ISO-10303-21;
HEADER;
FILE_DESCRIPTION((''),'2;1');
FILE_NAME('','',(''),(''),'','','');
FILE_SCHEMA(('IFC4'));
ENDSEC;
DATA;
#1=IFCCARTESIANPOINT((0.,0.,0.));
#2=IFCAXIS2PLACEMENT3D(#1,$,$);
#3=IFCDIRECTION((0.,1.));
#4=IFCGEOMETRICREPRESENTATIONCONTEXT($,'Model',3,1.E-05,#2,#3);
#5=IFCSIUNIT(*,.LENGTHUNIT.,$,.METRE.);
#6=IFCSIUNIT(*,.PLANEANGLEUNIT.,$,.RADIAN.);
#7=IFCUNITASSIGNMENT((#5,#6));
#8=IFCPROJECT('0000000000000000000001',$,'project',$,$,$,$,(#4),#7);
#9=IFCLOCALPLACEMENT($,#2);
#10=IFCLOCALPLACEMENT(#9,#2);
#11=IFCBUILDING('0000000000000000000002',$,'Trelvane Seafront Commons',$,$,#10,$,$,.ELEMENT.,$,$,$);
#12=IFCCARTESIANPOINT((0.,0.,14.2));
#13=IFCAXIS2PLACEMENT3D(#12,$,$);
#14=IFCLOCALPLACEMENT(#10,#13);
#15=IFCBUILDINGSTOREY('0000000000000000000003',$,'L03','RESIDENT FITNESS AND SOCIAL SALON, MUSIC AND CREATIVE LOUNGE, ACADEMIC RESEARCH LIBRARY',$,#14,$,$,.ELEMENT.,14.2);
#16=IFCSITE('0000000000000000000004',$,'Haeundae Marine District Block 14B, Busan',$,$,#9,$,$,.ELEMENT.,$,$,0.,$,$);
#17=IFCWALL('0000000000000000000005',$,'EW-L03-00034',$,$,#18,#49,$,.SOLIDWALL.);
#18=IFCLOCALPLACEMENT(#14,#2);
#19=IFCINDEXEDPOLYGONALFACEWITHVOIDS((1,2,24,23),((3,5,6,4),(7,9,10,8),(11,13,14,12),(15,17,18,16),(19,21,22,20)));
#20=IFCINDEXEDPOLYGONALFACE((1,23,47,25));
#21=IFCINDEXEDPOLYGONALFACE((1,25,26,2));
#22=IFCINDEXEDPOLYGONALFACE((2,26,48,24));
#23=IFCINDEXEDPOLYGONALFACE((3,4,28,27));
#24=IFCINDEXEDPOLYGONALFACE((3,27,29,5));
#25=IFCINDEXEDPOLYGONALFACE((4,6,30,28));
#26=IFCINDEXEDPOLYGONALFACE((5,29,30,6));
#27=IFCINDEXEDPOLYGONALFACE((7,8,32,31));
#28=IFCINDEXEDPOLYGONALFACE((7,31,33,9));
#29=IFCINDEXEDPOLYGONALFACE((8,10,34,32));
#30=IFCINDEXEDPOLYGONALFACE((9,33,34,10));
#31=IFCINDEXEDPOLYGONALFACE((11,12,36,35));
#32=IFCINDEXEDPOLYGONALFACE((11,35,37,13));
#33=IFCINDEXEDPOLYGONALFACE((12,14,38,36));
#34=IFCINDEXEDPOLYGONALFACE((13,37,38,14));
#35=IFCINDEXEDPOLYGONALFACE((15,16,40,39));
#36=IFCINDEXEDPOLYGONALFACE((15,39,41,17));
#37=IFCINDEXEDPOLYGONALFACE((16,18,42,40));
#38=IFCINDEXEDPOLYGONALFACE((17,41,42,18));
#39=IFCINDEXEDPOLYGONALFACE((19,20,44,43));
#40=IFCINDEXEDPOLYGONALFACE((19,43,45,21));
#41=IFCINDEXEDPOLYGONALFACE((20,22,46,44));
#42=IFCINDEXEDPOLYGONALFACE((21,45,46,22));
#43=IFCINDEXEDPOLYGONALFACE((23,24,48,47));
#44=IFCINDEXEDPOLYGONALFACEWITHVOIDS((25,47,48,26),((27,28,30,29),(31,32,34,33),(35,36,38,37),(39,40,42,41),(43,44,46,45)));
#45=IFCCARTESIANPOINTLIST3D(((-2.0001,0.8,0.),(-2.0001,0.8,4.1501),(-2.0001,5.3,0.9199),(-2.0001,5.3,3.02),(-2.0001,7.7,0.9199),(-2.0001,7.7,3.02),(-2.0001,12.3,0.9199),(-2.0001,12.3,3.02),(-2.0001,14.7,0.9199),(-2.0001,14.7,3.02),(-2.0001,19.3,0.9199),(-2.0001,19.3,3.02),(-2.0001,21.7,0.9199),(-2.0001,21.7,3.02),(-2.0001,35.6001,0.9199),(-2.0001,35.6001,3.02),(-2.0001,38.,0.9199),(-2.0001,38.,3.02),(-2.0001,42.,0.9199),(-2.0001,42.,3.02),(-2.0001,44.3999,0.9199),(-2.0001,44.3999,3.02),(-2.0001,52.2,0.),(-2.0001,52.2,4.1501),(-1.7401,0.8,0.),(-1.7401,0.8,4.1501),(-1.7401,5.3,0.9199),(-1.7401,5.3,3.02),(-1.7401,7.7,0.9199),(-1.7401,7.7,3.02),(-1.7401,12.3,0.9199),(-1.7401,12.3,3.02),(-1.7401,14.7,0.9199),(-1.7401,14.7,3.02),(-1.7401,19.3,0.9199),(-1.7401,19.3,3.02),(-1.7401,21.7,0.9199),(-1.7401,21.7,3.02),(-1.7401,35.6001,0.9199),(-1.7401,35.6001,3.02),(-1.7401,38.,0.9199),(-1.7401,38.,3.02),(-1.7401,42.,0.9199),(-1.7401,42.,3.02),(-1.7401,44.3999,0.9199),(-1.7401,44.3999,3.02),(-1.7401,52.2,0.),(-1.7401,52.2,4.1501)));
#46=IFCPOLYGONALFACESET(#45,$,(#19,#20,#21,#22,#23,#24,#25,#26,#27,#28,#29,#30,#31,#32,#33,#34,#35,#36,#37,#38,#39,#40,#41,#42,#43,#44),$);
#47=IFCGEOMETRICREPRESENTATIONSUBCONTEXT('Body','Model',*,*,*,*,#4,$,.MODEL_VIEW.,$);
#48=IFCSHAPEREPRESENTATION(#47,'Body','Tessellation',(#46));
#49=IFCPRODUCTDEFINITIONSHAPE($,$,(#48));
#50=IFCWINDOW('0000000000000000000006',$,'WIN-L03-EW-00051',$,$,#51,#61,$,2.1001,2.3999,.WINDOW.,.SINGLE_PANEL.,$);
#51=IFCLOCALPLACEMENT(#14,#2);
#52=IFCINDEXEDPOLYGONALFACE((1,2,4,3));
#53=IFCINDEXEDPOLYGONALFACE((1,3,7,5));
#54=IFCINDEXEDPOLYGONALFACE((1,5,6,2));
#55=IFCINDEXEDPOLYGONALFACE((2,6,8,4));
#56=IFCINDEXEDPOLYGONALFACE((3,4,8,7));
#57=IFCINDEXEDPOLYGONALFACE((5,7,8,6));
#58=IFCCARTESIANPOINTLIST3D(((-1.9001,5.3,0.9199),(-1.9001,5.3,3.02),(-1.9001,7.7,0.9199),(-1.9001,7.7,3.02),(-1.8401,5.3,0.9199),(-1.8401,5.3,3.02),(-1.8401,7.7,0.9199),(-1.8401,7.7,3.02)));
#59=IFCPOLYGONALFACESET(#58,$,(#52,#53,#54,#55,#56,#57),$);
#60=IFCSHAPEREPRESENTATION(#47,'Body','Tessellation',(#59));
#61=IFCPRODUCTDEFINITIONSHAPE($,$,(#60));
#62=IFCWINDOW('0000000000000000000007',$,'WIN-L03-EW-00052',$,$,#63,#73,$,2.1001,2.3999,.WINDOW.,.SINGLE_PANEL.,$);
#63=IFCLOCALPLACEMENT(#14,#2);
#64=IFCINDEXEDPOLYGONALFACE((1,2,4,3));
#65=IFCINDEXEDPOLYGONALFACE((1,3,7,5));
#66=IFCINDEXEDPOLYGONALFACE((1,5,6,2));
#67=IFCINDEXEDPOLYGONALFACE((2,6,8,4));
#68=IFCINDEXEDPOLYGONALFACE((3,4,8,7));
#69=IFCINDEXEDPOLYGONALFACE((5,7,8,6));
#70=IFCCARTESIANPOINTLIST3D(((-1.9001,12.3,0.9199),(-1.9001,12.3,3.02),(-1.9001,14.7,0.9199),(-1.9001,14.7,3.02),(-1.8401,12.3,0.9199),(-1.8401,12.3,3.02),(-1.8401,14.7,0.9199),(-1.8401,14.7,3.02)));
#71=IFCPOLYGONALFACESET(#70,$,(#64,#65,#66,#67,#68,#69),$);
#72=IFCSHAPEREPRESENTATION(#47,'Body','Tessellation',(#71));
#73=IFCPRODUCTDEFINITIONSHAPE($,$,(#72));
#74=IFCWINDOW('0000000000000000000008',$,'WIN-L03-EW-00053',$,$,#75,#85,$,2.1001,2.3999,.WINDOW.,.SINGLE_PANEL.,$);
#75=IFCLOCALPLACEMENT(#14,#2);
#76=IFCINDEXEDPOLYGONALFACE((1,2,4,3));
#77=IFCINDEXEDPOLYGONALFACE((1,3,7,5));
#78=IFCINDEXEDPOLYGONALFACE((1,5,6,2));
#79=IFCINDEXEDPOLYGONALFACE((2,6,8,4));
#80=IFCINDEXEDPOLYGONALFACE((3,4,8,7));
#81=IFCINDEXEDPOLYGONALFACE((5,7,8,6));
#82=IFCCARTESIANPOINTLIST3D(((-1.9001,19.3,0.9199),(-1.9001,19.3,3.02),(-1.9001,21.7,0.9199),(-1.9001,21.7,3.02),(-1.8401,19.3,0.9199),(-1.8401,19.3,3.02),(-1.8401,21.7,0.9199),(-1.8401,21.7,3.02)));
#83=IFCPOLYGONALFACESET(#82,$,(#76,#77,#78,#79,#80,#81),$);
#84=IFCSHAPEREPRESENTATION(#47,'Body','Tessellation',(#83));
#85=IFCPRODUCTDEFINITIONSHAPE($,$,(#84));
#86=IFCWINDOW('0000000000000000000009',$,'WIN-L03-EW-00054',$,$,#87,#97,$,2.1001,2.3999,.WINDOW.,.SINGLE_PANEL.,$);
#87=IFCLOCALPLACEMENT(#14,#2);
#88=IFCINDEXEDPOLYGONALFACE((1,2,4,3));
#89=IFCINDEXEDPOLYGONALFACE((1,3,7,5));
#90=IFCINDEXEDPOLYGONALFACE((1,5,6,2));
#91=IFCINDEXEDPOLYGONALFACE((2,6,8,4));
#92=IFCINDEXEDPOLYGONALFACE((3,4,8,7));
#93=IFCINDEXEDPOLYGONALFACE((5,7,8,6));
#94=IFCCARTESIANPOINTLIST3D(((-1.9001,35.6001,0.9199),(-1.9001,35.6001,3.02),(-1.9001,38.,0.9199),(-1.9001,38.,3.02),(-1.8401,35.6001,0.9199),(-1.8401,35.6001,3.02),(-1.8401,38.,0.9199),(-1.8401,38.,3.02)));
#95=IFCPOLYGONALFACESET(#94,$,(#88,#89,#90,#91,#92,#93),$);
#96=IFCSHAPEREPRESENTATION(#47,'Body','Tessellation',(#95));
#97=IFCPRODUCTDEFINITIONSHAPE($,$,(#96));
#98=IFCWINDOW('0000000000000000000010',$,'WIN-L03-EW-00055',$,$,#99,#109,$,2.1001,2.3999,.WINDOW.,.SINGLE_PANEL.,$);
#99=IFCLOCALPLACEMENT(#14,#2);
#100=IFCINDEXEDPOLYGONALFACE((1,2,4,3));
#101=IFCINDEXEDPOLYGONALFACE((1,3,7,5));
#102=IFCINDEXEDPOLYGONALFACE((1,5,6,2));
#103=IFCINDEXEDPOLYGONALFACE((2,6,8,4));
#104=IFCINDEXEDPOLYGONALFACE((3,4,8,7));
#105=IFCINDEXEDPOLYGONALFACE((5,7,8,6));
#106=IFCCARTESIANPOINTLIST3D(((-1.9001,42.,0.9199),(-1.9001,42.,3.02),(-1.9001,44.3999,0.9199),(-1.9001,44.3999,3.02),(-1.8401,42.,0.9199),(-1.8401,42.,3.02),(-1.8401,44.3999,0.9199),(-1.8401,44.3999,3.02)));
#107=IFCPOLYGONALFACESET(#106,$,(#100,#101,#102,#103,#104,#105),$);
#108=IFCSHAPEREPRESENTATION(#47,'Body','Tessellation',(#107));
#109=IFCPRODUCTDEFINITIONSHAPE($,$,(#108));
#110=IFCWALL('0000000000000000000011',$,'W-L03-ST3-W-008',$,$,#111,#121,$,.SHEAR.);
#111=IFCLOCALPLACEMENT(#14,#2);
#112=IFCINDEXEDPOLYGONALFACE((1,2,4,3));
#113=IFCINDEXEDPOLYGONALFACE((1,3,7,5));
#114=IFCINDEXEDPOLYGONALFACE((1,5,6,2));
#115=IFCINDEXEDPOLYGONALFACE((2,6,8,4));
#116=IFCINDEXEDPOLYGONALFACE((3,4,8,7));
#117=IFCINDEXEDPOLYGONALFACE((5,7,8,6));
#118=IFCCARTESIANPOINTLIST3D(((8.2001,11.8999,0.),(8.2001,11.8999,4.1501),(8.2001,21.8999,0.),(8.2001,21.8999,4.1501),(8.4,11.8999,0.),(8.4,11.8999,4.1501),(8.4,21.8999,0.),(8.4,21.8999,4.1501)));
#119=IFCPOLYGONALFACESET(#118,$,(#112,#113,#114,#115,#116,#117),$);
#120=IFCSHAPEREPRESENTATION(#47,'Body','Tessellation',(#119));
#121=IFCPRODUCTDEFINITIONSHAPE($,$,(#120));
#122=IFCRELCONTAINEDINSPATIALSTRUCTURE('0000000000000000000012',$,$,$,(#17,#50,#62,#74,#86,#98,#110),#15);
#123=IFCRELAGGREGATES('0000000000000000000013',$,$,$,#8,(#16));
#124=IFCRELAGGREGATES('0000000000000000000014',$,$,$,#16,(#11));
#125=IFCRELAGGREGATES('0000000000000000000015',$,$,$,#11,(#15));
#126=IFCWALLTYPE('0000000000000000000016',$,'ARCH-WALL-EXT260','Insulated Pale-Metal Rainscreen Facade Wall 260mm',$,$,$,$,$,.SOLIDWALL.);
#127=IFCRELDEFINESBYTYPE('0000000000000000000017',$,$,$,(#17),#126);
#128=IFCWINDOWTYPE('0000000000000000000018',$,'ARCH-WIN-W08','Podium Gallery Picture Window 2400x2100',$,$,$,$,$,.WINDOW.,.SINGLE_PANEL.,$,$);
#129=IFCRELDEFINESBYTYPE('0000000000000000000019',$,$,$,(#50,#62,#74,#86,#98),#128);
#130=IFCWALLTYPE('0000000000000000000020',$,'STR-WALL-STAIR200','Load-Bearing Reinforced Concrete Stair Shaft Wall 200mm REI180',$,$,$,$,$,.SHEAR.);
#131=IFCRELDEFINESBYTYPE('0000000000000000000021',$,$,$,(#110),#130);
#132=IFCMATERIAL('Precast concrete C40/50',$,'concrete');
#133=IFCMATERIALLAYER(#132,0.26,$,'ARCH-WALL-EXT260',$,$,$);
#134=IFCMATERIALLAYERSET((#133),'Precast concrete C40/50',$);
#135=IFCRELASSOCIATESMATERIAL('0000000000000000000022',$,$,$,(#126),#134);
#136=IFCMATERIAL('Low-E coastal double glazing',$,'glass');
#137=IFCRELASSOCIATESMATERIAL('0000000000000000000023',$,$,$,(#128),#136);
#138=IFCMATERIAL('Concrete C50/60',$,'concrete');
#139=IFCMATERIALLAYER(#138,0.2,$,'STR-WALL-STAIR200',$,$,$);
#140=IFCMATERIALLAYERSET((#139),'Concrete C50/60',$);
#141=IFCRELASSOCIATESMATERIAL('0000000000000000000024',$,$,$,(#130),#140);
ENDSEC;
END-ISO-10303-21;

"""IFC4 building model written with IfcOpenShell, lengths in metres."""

from ifc_helpers import new_model, si_unit, direction, frame, frame_2d, origin, place, context, subcontext, project, spatial, rectangle, extrude, source, transform, mapped, material, layer, layer_set, type_object, element, fill, save


model = new_model("IFC4")

# Units and contexts
model_context = context("Model", 3, precision=1e-05, world=origin(), true_north=direction((0.0, 1.0)))
body_context = subcontext(model_context, "Body", "Model", "MODEL_VIEW")
ifc_project = project(units=[si_unit("LENGTHUNIT", "METRE"), si_unit("PLANEANGLEUNIT", "RADIAN")], contexts=[model_context])

# Site, building, storey
site_placement = place(None, origin())
site = spatial("IfcSite", under=ifc_project, at=site_placement, Name="Haeundae Marine District Block 14B, Busan", CompositionType="ELEMENT", RefElevation=0.0)
building_placement = place(site_placement, origin())
building = spatial("IfcBuilding", under=site, at=building_placement, Name="Trelvane Seafront Commons", CompositionType="ELEMENT")
storey_placement = place(building_placement, frame((0.0, 0.0, 14.2)))
storey = spatial("IfcBuildingStorey", under=building, at=storey_placement, Name="L03", Description="RESIDENT FITNESS AND SOCIAL SALON, MUSIC AND CREATIVE LOUNGE, ACADEMIC RESEARCH LIBRARY", CompositionType="ELEMENT", Elevation=14.2)

# Shared definitions
ifc_material_1 = material(Name="Concrete C50/60", Category="concrete")

# Wall, openings, windows
ifc_material_2 = material(Name="Precast concrete C40/50", Category="concrete")
ifc_layer_1 = layer(ifc_material_2, 0.26, Name="ARCH-WALL-EXT260")
ifc_layer_set_1 = layer_set([ifc_layer_1], Name="Precast concrete C40/50")
wall_type_1 = type_object("IfcWallType", Name="ARCH-WALL-EXT260", Description="Insulated Pale-Metal Rainscreen Facade Wall 260mm", PredefinedType="SOLIDWALL", material=ifc_layer_set_1)
wall_1_placement = place(storey_placement, frame((-1.8701, 0.8, 0.0), z_axis=(0.0, 0.0, 1.0), x_axis=(0.0, 1.0, 0.0)))
wall_1 = element("IfcWall", 1, at=wall_1_placement, inside=storey, type_object=wall_type_1, Name="EW-L03-00034", PredefinedType="SOLIDWALL", context=body_context, shape_type="SweptSolid", body=[
    extrude(rectangle(XDim=51.3999, YDim=0.26, at=frame_2d((25.7, 0.0))), origin(), (0.0, 0.0, 1.0), 4.1501),
])
opening_1_placement = place(wall_1_placement, frame((4.5, 0.0, 0.9199)))
opening_1 = element("IfcOpeningElement", 2, at=opening_1_placement, cuts=wall_1, PredefinedType="OPENING", context=body_context, shape_type="SweptSolid", body=[
    extrude(rectangle(XDim=2.3999, YDim=2.1001, at=frame_2d((1.2, 1.05))), frame((0.0, 0.1399, 0.0), z_axis=(0.0, -1.0, 0.0), x_axis=(1.0, 0.0, 0.0)), (0.0, 0.0, 1.0), 0.28),
])
opening_2_placement = place(wall_1_placement, frame((11.5, 0.0, 0.9199)))
opening_2 = element("IfcOpeningElement", 3, at=opening_2_placement, cuts=wall_1, PredefinedType="OPENING", context=body_context, shape_type="SweptSolid", body=[
    extrude(rectangle(XDim=2.3999, YDim=2.1001, at=frame_2d((1.2, 1.05))), frame((0.0, 0.1399, 0.0), z_axis=(0.0, -1.0, 0.0), x_axis=(1.0, 0.0, 0.0)), (0.0, 0.0, 1.0), 0.28),
])
opening_3_placement = place(wall_1_placement, frame((18.5, 0.0, 0.9199)))
opening_3 = element("IfcOpeningElement", 4, at=opening_3_placement, cuts=wall_1, PredefinedType="OPENING", context=body_context, shape_type="SweptSolid", body=[
    extrude(rectangle(XDim=2.3999, YDim=2.1001, at=frame_2d((1.2, 1.05))), frame((0.0, 0.1399, 0.0), z_axis=(0.0, -1.0, 0.0), x_axis=(1.0, 0.0, 0.0)), (0.0, 0.0, 1.0), 0.28),
])
opening_4_placement = place(wall_1_placement, frame((34.8, 0.0, 0.9199)))
opening_4 = element("IfcOpeningElement", 5, at=opening_4_placement, cuts=wall_1, PredefinedType="OPENING", context=body_context, shape_type="SweptSolid", body=[
    extrude(rectangle(XDim=2.3999, YDim=2.1001, at=frame_2d((1.2, 1.05))), frame((0.0, 0.1399, 0.0), z_axis=(0.0, -1.0, 0.0), x_axis=(1.0, 0.0, 0.0)), (0.0, 0.0, 1.0), 0.28),
])
opening_5_placement = place(wall_1_placement, frame((41.2, 0.0, 0.9199)))
opening_5 = element("IfcOpeningElement", 6, at=opening_5_placement, cuts=wall_1, PredefinedType="OPENING", context=body_context, shape_type="SweptSolid", body=[
    extrude(rectangle(XDim=2.3999, YDim=2.1001, at=frame_2d((1.2, 1.05))), frame((0.0, 0.1399, 0.0), z_axis=(0.0, -1.0, 0.0), x_axis=(1.0, 0.0, 0.0)), (0.0, 0.0, 1.0), 0.28),
])
ifc_material_3 = material(Name="Low-E coastal double glazing", Category="glass")
window_type = type_object("IfcWindowType", Name="ARCH-WIN-W08", Description="Podium Gallery Picture Window 2400x2100", PartitioningType="SINGLE_PANEL", PredefinedType="WINDOW", material=ifc_material_3)
shared_shape_1 = source(origin(), body_context, "Body", "SweptSolid", [
    extrude(rectangle(XDim=2.3999, YDim=2.1001, at=frame_2d((1.2, 1.05))), frame((0.0, 0.03, 0.0), z_axis=(0.0, -1.0, 0.0), x_axis=(1.0, 0.0, 0.0)), (0.0, 0.0, 1.0), 0.0601),
])
window_1_placement = place(opening_1_placement, origin())
window_1 = element("IfcWindow", 7, at=window_1_placement, inside=storey, type_object=window_type, Name="WIN-L03-EW-00051", OverallHeight=2.1001, OverallWidth=2.3999, PartitioningType="SINGLE_PANEL", PredefinedType="WINDOW", context=body_context, shape_type="MappedRepresentation", body=[
    mapped(shared_shape_1, transform((0.0, 0.0, 0.0), x_axis=(1.0, 0.0, 0.0), y_axis=(0.0, 1.0, 0.0), z_axis=(0.0, 0.0, 1.0), scale=1.0)),
])
fill(opening_1, window_1)
window_2_placement = place(opening_2_placement, origin())
window_2 = element("IfcWindow", 8, at=window_2_placement, inside=storey, type_object=window_type, Name="WIN-L03-EW-00052", OverallHeight=2.1001, OverallWidth=2.3999, PartitioningType="SINGLE_PANEL", PredefinedType="WINDOW", context=body_context, shape_type="MappedRepresentation", body=[
    mapped(shared_shape_1, transform((0.0, 0.0, 0.0), x_axis=(1.0, 0.0, 0.0), y_axis=(0.0, 1.0, 0.0), z_axis=(0.0, 0.0, 1.0), scale=1.0)),
])
fill(opening_2, window_2)
window_3_placement = place(opening_3_placement, origin())
window_3 = element("IfcWindow", 9, at=window_3_placement, inside=storey, type_object=window_type, Name="WIN-L03-EW-00053", OverallHeight=2.1001, OverallWidth=2.3999, PartitioningType="SINGLE_PANEL", PredefinedType="WINDOW", context=body_context, shape_type="MappedRepresentation", body=[
    mapped(shared_shape_1, transform((0.0, 0.0, 0.0), x_axis=(1.0, 0.0, 0.0), y_axis=(0.0, 1.0, 0.0), z_axis=(0.0, 0.0, 1.0), scale=1.0)),
])
fill(opening_3, window_3)
window_4_placement = place(opening_4_placement, origin())
window_4 = element("IfcWindow", 10, at=window_4_placement, inside=storey, type_object=window_type, Name="WIN-L03-EW-00054", OverallHeight=2.1001, OverallWidth=2.3999, PartitioningType="SINGLE_PANEL", PredefinedType="WINDOW", context=body_context, shape_type="MappedRepresentation", body=[
    mapped(shared_shape_1, transform((0.0, 0.0, 0.0), x_axis=(1.0, 0.0, 0.0), y_axis=(0.0, 1.0, 0.0), z_axis=(0.0, 0.0, 1.0), scale=1.0)),
])
fill(opening_4, window_4)
window_5_placement = place(opening_5_placement, origin())
window_5 = element("IfcWindow", 11, at=window_5_placement, inside=storey, type_object=window_type, Name="WIN-L03-EW-00055", OverallHeight=2.1001, OverallWidth=2.3999, PartitioningType="SINGLE_PANEL", PredefinedType="WINDOW", context=body_context, shape_type="MappedRepresentation", body=[
    mapped(shared_shape_1, transform((0.0, 0.0, 0.0), x_axis=(1.0, 0.0, 0.0), y_axis=(0.0, 1.0, 0.0), z_axis=(0.0, 0.0, 1.0), scale=1.0)),
])
fill(opening_5, window_5)

# Wall
ifc_layer_2 = layer(ifc_material_1, 0.2, Name="STR-WALL-STAIR200")
ifc_layer_set_2 = layer_set([ifc_layer_2], Name="Concrete C50/60")
wall_type_2 = type_object("IfcWallType", Name="STR-WALL-STAIR200", Description="Load-Bearing Reinforced Concrete Stair Shaft Wall 200mm REI180", PredefinedType="SHEAR", material=ifc_layer_set_2)
wall_2_placement = place(storey_placement, frame((8.3, 11.8999, 0.0), z_axis=(0.0, 0.0, 1.0), x_axis=(0.0, 1.0, 0.0)))
element("IfcWall", 12, at=wall_2_placement, inside=storey, type_object=wall_type_2, Name="W-L03-ST3-W-008", PredefinedType="SHEAR", context=body_context, shape_type="SweptSolid", body=[
    extrude(rectangle(XDim=10.0, YDim=0.2, at=frame_2d((5.0, 0.0))), origin(), (0.0, 0.0, 1.0), 4.1501),
])

save(model, "model.ifc")
